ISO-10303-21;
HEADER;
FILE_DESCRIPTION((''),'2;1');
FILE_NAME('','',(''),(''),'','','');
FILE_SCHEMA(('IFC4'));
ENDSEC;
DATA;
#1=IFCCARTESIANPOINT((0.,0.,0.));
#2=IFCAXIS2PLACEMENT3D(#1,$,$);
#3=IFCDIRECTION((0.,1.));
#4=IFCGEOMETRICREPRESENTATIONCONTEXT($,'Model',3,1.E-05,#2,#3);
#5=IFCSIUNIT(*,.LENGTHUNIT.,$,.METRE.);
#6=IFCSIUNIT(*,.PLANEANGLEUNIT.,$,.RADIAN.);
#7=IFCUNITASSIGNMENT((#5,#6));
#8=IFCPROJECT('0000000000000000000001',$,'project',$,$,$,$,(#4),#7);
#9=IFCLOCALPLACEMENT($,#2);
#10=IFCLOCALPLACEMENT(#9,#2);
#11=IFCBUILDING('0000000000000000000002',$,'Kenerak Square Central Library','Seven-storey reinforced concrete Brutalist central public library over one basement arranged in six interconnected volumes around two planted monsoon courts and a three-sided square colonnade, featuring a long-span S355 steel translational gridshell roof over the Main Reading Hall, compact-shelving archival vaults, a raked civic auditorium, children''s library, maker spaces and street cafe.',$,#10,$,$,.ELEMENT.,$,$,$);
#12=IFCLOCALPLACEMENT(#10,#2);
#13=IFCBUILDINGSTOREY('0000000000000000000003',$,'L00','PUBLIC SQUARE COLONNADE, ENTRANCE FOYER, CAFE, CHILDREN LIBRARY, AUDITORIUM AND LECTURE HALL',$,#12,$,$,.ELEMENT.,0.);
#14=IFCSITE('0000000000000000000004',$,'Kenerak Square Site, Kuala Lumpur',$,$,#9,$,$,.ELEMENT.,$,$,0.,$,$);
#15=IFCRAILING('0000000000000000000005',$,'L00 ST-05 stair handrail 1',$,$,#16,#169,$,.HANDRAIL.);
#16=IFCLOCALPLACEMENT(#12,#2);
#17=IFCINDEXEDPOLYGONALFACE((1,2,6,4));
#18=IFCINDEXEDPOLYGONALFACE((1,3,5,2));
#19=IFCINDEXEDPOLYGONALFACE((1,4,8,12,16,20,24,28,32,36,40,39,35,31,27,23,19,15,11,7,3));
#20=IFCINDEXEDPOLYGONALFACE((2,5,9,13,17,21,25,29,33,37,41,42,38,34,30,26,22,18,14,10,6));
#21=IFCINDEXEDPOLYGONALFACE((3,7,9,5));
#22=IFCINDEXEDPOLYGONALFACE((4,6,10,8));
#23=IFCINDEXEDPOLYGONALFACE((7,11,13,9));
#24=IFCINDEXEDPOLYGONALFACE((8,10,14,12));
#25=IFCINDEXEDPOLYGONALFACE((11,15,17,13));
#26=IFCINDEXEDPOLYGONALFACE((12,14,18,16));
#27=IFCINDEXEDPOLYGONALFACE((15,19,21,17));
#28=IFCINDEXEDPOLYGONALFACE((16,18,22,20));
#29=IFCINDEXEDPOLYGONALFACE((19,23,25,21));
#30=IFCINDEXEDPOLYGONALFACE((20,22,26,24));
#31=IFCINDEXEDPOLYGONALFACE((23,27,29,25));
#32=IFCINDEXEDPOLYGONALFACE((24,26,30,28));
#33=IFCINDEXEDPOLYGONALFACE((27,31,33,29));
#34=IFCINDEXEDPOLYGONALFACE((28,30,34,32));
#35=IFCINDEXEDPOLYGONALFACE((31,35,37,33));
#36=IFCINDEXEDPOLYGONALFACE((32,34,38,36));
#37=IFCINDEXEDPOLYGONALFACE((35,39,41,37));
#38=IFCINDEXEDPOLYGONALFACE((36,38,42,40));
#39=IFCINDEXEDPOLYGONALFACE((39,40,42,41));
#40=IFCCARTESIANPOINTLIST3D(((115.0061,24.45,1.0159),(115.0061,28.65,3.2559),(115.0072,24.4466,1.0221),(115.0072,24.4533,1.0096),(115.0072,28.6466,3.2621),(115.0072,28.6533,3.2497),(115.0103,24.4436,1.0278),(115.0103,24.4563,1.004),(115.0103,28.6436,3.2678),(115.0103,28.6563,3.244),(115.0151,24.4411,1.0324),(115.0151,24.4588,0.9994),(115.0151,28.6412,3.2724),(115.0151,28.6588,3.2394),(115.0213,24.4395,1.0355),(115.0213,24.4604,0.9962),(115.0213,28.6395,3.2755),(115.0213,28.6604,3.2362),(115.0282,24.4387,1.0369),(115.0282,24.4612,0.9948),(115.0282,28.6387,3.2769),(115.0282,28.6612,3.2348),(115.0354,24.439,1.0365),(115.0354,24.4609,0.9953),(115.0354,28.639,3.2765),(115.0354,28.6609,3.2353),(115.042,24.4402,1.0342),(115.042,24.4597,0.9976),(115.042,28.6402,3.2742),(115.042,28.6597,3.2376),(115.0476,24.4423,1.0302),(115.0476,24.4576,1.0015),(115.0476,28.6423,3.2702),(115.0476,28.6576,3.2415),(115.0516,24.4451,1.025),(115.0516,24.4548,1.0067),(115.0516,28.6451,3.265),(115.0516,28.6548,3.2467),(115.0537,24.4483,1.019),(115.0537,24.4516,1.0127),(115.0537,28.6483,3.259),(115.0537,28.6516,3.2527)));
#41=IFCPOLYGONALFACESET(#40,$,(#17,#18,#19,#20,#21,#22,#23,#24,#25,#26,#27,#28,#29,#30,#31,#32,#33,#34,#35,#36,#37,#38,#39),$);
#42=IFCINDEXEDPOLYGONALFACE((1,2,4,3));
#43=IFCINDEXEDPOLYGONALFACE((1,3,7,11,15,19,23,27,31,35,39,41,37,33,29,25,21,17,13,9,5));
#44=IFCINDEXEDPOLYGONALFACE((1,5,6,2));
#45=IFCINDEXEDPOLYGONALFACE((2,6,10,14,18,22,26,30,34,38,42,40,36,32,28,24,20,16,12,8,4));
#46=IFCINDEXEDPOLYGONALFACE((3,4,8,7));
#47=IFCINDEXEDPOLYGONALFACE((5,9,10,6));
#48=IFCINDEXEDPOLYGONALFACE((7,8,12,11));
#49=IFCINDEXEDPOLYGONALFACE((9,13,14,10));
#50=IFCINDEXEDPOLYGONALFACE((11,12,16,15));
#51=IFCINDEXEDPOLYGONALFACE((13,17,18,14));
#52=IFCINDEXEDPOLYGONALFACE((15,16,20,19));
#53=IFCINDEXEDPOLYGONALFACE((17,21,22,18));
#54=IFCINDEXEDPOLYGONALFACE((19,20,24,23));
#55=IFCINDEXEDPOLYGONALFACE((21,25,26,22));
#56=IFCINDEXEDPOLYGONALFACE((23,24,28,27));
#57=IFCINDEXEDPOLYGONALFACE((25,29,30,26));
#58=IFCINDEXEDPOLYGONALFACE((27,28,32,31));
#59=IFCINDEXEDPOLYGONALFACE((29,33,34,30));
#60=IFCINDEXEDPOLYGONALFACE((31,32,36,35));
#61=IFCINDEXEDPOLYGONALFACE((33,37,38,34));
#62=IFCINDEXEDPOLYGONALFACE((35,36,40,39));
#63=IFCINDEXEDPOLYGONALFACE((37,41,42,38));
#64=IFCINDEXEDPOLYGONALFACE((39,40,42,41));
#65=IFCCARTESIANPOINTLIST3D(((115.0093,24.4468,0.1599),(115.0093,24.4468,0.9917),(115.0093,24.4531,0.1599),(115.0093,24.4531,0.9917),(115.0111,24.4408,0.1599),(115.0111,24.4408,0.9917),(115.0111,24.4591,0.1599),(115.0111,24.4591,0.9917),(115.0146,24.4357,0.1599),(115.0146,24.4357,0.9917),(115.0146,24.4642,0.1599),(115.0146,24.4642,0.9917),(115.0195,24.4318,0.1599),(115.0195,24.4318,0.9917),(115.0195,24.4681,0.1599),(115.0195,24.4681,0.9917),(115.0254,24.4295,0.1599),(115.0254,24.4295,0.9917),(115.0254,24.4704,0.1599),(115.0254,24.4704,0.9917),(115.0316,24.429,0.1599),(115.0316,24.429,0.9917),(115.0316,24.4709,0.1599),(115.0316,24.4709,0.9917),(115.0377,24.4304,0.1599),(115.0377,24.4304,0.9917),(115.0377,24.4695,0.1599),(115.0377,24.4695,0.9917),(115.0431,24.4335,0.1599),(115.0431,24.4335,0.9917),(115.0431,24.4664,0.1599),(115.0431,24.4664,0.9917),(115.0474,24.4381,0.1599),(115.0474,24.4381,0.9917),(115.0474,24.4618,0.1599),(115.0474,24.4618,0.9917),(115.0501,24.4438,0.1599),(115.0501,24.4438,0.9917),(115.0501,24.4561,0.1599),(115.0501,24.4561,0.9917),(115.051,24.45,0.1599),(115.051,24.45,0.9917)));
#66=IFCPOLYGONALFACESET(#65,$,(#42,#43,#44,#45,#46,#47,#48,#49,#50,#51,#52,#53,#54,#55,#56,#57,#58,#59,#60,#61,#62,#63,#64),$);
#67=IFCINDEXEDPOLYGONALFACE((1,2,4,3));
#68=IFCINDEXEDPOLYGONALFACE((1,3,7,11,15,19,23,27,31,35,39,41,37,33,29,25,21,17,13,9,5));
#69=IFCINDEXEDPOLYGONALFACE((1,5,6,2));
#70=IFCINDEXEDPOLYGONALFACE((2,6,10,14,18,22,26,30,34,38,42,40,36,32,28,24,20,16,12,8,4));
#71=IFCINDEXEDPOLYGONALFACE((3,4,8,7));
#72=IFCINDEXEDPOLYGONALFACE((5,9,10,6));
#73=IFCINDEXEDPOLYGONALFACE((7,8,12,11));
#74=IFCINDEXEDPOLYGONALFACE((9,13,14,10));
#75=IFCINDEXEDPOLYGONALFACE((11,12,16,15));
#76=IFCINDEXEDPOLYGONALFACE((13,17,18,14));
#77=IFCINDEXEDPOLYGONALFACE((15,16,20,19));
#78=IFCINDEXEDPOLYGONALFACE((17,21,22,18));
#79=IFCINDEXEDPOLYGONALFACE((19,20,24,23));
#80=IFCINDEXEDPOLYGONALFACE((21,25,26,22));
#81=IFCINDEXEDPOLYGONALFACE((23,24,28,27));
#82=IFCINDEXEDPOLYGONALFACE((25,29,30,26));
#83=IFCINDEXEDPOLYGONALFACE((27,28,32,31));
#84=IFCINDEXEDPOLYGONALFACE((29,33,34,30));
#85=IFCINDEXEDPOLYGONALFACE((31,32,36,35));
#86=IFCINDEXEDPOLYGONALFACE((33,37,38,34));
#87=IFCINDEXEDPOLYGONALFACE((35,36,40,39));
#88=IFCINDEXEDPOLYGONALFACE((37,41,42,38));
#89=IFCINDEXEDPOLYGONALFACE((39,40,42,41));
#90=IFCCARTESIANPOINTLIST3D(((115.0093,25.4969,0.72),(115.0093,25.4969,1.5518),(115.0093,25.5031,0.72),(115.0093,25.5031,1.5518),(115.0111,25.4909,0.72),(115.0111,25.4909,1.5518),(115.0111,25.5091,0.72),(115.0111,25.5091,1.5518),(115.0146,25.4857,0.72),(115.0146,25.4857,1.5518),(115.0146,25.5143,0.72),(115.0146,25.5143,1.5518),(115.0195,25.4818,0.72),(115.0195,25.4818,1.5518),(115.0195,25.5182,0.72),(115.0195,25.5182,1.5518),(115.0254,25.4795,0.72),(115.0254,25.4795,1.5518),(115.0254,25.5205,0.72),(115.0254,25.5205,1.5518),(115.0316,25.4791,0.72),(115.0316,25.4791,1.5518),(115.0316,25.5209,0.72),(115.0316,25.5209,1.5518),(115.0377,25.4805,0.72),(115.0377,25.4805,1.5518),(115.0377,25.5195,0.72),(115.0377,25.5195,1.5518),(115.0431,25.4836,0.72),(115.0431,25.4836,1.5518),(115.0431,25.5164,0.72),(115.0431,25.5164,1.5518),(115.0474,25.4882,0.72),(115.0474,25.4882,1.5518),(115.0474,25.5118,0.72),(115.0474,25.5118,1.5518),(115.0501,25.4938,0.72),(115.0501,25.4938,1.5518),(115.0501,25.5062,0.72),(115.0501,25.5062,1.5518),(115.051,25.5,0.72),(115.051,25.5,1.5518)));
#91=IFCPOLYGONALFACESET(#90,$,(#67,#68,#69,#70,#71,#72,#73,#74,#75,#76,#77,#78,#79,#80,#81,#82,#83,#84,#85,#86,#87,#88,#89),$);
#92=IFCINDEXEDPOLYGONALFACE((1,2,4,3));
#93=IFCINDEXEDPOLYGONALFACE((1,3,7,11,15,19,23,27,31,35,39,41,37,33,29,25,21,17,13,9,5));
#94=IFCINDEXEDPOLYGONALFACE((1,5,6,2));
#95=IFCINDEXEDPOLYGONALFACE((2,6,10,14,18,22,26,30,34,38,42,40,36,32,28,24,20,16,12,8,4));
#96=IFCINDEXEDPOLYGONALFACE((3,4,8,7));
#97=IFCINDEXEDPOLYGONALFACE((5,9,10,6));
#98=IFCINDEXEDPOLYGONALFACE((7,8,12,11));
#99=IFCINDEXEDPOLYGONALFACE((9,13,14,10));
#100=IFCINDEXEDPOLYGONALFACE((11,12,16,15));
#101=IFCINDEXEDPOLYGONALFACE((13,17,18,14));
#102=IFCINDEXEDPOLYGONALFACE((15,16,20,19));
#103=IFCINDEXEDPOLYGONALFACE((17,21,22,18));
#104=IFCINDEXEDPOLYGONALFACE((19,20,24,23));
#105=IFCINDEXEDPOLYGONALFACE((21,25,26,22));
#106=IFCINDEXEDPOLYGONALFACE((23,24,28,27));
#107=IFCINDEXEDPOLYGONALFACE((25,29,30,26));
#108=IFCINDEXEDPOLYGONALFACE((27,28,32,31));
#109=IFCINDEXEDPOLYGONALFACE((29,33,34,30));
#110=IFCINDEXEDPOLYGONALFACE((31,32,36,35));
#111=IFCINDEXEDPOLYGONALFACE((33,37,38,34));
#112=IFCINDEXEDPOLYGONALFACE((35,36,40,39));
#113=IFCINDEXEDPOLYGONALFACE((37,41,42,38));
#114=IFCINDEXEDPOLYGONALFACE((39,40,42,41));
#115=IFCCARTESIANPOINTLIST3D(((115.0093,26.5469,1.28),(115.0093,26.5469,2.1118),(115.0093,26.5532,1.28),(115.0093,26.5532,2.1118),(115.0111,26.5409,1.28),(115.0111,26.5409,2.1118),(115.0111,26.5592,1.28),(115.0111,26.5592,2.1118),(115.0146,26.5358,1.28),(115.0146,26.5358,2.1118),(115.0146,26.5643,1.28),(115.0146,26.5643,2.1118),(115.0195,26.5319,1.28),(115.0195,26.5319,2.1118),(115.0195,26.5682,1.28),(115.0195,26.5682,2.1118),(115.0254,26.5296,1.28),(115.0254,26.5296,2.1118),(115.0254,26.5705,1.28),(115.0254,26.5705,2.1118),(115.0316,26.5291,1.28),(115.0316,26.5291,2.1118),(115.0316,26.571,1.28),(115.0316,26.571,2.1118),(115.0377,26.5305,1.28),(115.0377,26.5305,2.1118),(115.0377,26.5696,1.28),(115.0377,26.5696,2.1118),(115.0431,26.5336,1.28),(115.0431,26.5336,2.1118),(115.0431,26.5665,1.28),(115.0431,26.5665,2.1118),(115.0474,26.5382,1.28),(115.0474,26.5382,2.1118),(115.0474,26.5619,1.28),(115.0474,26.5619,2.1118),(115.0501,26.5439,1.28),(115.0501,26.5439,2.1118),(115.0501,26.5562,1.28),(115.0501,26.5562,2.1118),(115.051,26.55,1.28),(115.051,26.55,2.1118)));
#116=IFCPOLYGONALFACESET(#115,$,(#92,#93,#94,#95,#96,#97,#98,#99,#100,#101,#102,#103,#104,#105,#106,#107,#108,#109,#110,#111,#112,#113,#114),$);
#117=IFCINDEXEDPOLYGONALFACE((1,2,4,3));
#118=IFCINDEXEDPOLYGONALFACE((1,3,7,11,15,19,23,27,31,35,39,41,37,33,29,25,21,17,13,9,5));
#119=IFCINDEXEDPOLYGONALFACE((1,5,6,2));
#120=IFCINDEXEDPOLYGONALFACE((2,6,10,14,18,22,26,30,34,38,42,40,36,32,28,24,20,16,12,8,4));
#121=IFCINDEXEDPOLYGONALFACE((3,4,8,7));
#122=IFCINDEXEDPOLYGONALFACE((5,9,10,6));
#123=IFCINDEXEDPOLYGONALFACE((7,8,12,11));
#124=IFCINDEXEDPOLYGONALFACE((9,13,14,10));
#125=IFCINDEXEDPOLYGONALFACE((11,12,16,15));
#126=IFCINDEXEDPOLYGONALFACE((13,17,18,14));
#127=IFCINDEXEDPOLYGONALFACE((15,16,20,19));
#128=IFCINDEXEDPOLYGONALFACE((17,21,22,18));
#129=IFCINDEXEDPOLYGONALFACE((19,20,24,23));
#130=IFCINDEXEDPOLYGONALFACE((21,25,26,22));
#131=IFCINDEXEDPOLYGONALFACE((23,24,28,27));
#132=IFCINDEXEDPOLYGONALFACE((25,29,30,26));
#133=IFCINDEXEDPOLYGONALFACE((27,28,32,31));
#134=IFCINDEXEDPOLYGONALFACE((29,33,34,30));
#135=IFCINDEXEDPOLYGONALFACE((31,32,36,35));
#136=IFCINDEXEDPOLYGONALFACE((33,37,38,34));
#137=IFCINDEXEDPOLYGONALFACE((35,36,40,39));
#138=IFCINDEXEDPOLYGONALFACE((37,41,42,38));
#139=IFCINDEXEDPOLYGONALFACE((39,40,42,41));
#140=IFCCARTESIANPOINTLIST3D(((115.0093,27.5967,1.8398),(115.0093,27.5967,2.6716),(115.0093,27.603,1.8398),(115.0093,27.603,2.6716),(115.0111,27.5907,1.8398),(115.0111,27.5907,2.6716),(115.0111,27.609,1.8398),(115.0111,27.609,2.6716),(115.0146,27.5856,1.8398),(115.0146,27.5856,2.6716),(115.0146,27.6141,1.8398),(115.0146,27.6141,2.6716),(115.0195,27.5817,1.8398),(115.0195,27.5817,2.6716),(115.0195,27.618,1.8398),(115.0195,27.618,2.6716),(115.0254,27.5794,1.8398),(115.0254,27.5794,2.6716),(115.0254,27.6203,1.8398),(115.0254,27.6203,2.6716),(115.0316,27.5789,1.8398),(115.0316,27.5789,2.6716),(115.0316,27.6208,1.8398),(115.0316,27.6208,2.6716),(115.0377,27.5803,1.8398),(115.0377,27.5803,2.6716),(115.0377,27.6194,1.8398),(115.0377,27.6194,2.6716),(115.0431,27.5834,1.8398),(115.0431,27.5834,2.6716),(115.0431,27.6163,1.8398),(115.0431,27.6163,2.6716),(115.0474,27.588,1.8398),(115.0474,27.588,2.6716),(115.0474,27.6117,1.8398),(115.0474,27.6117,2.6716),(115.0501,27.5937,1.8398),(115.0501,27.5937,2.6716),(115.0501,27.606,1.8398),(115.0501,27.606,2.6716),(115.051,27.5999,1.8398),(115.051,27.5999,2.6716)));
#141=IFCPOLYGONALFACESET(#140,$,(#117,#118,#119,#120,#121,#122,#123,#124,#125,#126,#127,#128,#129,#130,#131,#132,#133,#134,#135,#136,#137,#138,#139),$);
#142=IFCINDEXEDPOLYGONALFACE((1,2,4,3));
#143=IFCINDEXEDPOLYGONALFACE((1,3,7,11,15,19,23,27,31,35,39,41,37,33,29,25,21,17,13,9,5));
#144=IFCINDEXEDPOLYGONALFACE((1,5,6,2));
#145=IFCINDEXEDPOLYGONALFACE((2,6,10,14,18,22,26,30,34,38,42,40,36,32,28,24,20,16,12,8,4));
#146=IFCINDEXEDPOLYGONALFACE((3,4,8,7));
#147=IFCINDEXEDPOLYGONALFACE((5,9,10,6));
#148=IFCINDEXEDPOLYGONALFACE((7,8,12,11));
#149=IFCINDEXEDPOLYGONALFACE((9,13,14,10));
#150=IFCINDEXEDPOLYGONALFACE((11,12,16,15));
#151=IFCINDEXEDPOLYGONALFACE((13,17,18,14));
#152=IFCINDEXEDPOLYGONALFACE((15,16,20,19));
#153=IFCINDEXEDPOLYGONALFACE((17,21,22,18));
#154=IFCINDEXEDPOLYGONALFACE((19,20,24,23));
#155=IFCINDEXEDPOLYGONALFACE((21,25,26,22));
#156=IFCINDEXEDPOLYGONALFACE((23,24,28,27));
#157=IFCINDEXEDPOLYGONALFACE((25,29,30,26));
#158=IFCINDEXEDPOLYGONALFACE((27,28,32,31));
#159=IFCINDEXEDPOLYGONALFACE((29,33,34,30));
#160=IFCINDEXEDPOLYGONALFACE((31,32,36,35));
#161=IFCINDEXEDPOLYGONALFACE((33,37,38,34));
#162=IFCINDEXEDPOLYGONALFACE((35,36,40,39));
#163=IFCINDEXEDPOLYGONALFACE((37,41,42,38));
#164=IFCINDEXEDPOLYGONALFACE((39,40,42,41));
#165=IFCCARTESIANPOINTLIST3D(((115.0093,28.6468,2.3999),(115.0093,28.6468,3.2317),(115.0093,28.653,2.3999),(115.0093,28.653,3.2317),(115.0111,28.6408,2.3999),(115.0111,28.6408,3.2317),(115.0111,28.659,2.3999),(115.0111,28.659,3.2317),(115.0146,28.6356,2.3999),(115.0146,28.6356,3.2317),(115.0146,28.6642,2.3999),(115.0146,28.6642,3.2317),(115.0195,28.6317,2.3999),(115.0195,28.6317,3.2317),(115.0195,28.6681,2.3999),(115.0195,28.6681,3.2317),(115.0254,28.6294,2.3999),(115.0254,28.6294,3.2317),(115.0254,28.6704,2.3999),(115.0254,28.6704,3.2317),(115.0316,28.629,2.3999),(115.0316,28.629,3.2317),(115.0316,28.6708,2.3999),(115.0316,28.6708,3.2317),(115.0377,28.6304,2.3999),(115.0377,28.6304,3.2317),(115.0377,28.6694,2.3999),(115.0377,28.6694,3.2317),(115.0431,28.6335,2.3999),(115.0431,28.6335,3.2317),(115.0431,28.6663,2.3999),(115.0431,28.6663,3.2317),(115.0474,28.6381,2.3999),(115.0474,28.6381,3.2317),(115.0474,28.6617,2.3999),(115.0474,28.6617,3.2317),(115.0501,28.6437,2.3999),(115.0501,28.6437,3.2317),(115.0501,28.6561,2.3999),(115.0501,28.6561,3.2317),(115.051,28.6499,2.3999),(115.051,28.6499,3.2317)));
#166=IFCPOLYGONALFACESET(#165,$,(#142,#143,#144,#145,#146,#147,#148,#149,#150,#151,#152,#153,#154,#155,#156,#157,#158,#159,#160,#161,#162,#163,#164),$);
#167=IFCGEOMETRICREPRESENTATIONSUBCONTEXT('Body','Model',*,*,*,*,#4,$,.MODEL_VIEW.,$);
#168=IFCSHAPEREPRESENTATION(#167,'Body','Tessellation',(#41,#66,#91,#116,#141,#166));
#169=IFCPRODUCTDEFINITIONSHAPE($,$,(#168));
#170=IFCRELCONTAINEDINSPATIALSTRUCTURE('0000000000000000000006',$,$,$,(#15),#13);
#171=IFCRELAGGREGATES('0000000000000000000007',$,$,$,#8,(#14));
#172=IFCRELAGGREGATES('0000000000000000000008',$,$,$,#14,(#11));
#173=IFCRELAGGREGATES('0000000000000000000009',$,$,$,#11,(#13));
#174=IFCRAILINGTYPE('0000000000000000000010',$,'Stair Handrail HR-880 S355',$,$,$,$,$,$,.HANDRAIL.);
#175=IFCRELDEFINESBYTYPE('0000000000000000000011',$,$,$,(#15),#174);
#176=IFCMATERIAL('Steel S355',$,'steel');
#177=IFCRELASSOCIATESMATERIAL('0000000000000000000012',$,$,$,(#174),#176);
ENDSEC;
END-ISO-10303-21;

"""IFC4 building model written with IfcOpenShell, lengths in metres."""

from ifc_helpers import new_model, si_unit, direction, frame, origin, origin_2d, place, context, subcontext, project, spatial, circle, extrude, material, type_object, element, save


model = new_model("IFC4")

# Units and contexts
model_context = context("Model", 3, precision=1e-05, world=origin(), true_north=direction((0.0, 1.0)))
body_context = subcontext(model_context, "Body", "Model", "MODEL_VIEW")
ifc_project = project(units=[si_unit("LENGTHUNIT", "METRE"), si_unit("PLANEANGLEUNIT", "RADIAN")], contexts=[model_context])

# Site, building, storey
site_placement = place(None, origin())
site = spatial("IfcSite", under=ifc_project, at=site_placement, Name="Kenerak Square Site, Kuala Lumpur", CompositionType="ELEMENT", RefElevation=0.0)
building_placement = place(site_placement, origin())
building = spatial("IfcBuilding", under=site, at=building_placement, Name="Kenerak Square Central Library", Description="Seven-storey reinforced concrete Brutalist central public library over one basement arranged in six interconnected volumes around two planted monsoon courts and a three-sided square colonnade, featuring a long-span S355 steel translational gridshell roof over the Main Reading Hall, compact-shelving archival vaults, a raked civic auditorium, children's library, maker spaces and street cafe.", CompositionType="ELEMENT")
storey_placement = place(building_placement, origin())
storey = spatial("IfcBuildingStorey", under=building, at=storey_placement, Name="L00", Description="PUBLIC SQUARE COLONNADE, ENTRANCE FOYER, CAFE, CHILDREN LIBRARY, AUDITORIUM AND LECTURE HALL", CompositionType="ELEMENT", Elevation=0.0)

# Shared definitions
ifc_material_1 = material(Name="Steel S355", Category="steel")

# Railing
railing_type_1 = type_object("IfcRailingType", Name="Stair Handrail HR-880 S355", PredefinedType="HANDRAIL", material=ifc_material_1)
railing_1_placement = place(storey_placement, frame((115.03, 24.45, 0.1599)))
element("IfcRailing", 1, at=railing_1_placement, inside=storey, type_object=railing_type_1, Name="L00 ST-05 stair handrail 1", PredefinedType="HANDRAIL", context=body_context, shape_type="SweptSolid", body=[
    extrude(circle(Radius=0.0239, at=origin_2d()), frame((0.0, 0.0, 0.856), z_axis=(0.0, 0.882352, 0.470591), x_axis=(-1.0, 0.0, 0.0)), (0.0, 0.0, 1.0), 4.76),
    extrude(circle(Radius=0.021, at=origin_2d()), origin(), (0.0, 0.0, 1.0), 0.8318),
    extrude(circle(Radius=0.021, at=origin_2d()), frame((0.0, 1.05, 0.5601)), (0.0, 0.0, 1.0), 0.8318),
    extrude(circle(Radius=0.021, at=origin_2d()), frame((0.0, 2.1001, 1.1201)), (0.0, 0.0, 1.0), 0.8318),
    extrude(circle(Radius=0.021, at=origin_2d()), frame((0.0, 3.1499, 1.6799)), (0.0, 0.0, 1.0), 0.8318),
    extrude(circle(Radius=0.021, at=origin_2d()), frame((0.0, 4.2, 2.24)), (0.0, 0.0, 1.0), 0.8318),
])

save(model, "model.ifc")
